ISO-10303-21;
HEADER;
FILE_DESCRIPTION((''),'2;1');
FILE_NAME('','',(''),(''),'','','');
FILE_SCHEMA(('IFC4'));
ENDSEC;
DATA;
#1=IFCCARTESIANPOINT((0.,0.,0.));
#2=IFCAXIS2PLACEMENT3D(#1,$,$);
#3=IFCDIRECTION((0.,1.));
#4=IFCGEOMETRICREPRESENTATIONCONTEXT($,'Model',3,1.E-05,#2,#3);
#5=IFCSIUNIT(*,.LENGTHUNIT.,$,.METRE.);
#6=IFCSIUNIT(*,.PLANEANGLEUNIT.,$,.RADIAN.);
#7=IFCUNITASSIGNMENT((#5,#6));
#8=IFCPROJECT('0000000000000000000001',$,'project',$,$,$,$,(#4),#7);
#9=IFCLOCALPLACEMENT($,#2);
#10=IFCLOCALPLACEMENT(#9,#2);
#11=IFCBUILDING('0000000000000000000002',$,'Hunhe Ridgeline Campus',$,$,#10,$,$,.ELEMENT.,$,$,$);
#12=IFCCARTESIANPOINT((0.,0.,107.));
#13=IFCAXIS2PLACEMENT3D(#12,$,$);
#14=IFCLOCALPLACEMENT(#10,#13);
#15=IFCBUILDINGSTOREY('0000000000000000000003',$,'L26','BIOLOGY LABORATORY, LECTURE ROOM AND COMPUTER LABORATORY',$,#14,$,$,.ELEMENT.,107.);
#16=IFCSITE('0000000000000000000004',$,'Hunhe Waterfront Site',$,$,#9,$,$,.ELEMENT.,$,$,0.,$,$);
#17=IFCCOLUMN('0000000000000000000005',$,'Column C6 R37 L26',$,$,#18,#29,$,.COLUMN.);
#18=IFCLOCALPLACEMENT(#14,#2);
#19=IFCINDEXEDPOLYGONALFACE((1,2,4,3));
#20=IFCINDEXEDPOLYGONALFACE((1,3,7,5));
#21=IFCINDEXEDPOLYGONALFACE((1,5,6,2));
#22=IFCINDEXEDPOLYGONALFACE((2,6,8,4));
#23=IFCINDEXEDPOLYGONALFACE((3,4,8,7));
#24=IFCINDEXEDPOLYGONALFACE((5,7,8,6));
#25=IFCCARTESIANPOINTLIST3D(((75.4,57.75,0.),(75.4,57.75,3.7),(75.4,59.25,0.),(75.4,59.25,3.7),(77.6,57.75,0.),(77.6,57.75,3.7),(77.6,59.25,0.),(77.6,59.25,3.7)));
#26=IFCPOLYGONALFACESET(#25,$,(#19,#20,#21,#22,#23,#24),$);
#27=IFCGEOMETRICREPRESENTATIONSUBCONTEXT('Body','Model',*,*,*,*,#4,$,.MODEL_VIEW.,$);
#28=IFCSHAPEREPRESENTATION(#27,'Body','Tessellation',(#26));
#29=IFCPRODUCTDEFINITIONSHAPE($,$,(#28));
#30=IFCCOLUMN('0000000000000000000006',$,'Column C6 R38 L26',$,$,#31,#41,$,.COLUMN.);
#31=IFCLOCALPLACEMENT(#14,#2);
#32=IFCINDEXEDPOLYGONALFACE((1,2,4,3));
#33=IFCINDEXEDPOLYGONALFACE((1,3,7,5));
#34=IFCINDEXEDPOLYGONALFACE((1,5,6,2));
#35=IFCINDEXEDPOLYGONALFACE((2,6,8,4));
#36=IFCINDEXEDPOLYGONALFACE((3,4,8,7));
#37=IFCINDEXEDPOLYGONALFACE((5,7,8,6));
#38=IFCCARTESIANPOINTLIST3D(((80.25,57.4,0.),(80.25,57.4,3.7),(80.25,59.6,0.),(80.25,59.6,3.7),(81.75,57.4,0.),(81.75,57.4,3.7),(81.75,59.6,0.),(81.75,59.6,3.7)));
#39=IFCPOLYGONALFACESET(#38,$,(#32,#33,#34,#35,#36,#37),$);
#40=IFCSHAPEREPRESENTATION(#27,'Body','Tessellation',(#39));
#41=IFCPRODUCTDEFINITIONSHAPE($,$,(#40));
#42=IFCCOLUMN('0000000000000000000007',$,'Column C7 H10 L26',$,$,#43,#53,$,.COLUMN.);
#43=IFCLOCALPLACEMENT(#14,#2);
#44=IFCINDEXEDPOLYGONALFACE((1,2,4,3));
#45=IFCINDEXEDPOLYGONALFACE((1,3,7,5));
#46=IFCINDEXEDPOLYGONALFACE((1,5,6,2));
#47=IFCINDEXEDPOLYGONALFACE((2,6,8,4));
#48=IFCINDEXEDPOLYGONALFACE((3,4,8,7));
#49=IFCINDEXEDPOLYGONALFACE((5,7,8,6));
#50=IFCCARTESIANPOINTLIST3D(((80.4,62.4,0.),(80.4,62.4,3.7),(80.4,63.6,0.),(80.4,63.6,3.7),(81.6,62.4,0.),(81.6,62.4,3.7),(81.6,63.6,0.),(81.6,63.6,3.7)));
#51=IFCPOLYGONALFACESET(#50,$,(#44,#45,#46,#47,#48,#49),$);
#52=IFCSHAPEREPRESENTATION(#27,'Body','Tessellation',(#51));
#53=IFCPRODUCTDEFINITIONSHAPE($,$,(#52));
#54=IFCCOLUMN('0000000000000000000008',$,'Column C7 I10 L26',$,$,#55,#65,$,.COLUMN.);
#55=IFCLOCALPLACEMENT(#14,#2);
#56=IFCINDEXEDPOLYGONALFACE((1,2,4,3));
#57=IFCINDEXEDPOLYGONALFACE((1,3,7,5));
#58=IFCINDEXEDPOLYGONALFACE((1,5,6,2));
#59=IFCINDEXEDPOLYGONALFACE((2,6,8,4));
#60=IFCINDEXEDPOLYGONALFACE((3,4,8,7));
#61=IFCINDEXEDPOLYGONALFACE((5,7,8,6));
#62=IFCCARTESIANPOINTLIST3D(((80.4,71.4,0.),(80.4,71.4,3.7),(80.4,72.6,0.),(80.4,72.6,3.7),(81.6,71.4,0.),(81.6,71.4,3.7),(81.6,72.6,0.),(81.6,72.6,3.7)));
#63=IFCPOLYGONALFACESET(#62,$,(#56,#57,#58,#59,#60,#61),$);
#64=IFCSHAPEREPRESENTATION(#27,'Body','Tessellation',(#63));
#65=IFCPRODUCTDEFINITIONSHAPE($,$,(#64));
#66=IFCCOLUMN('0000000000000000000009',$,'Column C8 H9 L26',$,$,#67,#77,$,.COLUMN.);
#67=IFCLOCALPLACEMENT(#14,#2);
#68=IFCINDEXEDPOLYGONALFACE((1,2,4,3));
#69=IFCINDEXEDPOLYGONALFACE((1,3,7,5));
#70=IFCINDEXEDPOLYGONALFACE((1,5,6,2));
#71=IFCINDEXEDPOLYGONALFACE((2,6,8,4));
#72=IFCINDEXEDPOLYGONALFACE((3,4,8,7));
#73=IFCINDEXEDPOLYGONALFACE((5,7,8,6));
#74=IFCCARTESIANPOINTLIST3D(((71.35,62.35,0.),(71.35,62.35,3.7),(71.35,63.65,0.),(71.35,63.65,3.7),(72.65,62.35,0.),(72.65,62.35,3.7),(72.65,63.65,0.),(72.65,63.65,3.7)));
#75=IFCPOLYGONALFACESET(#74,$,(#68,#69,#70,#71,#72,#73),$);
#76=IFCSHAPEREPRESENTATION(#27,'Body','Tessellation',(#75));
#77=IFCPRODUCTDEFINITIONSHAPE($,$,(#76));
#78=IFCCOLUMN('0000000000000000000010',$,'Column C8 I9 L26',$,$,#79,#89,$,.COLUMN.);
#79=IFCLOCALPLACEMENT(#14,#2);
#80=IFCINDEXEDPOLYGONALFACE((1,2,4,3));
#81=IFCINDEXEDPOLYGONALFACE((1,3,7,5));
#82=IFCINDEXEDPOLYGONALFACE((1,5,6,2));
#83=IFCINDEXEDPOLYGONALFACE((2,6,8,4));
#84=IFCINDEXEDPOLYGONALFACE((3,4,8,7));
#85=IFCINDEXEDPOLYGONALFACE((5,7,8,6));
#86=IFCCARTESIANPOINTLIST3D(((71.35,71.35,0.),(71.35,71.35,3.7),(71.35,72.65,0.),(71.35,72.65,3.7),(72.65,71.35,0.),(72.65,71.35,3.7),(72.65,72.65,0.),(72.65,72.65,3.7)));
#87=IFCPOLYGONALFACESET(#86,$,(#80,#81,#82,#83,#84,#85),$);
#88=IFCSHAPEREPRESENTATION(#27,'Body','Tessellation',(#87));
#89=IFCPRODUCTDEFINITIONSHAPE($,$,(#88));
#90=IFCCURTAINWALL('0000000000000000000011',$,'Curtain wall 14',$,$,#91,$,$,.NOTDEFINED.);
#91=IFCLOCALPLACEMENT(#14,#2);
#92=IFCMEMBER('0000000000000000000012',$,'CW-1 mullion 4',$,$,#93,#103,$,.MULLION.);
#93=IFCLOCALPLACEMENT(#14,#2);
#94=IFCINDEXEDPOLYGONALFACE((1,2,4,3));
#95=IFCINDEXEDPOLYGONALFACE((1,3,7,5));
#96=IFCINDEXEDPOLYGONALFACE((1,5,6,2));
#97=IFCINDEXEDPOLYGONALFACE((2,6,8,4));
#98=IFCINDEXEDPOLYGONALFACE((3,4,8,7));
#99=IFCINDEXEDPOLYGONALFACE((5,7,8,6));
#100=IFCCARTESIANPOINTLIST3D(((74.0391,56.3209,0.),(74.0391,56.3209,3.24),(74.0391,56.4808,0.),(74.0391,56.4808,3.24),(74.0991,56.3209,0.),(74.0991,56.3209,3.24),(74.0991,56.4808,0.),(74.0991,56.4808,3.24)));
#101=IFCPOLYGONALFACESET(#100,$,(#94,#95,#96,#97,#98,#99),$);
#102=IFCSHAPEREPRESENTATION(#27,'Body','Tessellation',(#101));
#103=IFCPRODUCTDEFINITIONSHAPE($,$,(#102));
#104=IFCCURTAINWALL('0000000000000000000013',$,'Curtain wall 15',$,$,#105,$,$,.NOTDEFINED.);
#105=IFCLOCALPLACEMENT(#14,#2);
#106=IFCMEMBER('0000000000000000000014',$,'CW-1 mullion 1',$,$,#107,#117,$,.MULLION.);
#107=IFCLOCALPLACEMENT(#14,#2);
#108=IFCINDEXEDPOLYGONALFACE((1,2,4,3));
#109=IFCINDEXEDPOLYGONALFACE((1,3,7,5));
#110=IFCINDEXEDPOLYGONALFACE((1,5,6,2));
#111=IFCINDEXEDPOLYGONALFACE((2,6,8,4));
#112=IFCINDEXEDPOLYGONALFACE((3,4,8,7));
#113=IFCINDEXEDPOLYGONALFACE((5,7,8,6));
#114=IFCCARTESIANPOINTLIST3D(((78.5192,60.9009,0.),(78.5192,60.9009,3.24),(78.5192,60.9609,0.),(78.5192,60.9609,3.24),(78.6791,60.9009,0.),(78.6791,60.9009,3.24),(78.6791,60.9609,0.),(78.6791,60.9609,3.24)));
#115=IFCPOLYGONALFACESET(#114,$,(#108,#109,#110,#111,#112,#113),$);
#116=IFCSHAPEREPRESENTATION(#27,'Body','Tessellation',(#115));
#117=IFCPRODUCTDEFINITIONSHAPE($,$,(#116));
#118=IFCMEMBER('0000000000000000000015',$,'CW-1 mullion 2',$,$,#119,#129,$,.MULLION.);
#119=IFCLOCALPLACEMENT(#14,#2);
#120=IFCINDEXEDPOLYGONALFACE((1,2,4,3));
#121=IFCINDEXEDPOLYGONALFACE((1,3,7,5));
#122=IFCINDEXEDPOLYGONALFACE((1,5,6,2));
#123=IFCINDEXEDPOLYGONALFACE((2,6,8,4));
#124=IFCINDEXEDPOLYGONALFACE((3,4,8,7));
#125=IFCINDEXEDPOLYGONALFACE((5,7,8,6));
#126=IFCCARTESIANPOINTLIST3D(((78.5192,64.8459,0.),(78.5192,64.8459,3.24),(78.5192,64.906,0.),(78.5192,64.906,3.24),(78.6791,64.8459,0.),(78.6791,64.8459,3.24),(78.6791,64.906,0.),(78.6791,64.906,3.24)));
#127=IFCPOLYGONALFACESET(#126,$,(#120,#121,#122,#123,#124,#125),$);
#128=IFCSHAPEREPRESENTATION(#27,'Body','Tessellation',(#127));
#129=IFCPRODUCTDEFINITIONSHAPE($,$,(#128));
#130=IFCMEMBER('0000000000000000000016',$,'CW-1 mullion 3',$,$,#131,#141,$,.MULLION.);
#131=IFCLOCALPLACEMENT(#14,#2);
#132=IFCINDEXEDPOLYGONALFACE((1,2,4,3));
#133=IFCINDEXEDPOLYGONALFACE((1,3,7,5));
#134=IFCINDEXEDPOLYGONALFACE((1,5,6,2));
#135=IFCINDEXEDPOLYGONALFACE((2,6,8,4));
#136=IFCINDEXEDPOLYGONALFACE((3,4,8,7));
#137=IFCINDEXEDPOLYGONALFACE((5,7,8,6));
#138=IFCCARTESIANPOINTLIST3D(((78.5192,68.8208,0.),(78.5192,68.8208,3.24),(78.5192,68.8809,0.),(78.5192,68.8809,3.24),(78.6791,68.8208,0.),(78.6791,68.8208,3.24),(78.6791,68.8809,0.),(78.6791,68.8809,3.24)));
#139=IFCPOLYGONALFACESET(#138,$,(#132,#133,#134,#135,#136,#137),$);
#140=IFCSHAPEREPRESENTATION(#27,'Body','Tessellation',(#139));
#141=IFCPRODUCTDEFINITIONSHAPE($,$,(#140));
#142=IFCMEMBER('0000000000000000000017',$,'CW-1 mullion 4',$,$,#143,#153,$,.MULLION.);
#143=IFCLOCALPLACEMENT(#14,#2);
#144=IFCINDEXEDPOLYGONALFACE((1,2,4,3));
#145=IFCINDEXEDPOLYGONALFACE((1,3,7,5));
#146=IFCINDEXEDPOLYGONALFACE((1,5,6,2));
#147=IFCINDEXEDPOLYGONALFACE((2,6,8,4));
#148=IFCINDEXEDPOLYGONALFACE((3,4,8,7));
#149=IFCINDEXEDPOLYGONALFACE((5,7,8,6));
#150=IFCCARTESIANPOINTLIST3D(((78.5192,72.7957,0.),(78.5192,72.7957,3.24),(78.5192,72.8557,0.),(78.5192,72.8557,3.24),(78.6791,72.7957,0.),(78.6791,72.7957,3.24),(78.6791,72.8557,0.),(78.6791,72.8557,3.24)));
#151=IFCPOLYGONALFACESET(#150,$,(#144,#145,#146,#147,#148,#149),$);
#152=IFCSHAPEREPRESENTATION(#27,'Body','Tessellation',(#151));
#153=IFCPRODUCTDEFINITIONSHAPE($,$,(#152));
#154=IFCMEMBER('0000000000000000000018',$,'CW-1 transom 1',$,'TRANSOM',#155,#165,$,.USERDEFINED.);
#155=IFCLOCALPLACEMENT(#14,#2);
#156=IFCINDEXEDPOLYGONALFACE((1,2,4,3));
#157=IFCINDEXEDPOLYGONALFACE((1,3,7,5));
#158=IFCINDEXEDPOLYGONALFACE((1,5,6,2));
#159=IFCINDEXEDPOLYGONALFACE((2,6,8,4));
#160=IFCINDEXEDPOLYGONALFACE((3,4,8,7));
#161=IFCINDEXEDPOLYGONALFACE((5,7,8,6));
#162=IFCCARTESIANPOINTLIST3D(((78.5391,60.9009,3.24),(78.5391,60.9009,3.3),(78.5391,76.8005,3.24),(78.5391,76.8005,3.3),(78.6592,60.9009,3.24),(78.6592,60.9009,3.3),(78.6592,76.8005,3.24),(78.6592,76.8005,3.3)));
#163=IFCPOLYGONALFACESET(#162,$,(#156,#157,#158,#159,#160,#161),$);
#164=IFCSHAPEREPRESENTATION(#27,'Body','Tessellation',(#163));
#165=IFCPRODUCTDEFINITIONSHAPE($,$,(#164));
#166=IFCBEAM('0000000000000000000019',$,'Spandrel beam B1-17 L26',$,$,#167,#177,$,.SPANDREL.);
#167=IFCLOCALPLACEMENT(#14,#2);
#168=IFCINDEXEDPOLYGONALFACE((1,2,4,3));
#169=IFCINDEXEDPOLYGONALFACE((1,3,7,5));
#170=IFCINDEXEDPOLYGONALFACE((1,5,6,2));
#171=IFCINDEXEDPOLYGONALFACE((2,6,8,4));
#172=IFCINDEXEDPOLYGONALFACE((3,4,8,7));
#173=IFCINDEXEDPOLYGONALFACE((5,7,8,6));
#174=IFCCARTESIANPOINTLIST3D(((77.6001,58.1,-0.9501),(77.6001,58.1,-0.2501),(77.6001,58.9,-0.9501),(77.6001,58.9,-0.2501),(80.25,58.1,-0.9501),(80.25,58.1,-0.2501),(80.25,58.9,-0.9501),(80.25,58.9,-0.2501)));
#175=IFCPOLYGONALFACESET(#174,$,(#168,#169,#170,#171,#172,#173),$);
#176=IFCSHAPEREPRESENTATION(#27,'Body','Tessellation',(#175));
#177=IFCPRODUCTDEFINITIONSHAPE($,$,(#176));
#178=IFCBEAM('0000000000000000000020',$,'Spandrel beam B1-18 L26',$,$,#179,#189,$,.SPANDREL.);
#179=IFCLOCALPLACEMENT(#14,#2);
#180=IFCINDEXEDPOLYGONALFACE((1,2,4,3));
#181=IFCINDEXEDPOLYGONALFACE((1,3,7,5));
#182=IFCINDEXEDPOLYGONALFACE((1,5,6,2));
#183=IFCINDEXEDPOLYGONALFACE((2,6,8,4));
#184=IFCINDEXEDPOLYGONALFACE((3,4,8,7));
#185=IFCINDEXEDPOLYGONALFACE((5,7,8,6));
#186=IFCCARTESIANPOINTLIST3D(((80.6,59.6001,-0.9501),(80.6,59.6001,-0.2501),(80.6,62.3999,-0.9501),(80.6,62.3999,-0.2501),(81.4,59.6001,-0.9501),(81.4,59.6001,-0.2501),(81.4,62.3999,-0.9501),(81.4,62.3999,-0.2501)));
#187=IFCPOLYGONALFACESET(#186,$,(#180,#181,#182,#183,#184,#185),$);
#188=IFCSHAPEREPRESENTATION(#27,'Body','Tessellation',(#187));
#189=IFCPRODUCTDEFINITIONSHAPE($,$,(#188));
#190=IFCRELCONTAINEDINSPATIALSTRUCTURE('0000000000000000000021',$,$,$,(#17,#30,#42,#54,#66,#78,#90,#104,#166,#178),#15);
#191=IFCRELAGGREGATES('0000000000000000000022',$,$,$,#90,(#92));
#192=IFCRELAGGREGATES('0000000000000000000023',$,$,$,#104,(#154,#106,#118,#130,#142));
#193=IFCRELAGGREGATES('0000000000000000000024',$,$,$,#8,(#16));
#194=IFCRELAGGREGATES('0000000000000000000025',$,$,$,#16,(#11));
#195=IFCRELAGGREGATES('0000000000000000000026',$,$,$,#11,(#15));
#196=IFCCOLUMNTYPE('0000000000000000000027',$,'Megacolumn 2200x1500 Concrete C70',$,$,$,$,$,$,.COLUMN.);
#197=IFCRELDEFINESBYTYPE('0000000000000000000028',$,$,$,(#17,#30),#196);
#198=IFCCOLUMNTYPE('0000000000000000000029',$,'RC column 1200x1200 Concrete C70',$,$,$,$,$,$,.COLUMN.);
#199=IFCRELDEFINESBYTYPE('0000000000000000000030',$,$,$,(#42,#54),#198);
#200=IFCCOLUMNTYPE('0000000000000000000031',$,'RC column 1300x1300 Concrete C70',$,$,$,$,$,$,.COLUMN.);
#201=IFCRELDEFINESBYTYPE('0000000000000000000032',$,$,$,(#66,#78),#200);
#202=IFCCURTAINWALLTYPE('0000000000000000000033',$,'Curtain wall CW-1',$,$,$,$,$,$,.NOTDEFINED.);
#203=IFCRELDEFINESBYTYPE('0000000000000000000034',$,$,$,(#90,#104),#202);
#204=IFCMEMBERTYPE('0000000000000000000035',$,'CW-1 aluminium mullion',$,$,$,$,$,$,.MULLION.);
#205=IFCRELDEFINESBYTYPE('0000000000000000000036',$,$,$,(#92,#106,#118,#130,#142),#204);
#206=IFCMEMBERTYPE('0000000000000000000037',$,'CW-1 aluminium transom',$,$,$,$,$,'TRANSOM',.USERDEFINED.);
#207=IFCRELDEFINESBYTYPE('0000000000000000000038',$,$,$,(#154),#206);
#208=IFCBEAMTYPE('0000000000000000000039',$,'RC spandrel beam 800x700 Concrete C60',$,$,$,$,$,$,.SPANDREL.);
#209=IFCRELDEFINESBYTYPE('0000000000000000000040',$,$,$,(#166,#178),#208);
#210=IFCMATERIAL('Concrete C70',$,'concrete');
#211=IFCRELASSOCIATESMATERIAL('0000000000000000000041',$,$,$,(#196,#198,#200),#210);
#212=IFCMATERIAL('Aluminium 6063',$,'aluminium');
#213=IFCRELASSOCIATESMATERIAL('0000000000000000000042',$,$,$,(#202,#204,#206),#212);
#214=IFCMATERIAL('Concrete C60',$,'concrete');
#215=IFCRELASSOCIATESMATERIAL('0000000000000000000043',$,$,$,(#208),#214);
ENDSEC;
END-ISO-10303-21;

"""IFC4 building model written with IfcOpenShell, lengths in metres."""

from ifc_helpers import new_model, si_unit, direction, frame, origin, origin_2d, place, context, subcontext, project, spatial, rectangle, extrude, material, material_profile, profile_set, type_object, element, aggregate, save


model = new_model("IFC4")

# Units and contexts
model_context = context("Model", 3, precision=1e-05, world=origin(), true_north=direction((0.0, 1.0)))
body_context = subcontext(model_context, "Body", "Model", "MODEL_VIEW")
ifc_project = project(units=[si_unit("LENGTHUNIT", "METRE"), si_unit("PLANEANGLEUNIT", "RADIAN")], contexts=[model_context])

# Site, building, storey
site_placement = place(None, origin())
site = spatial("IfcSite", under=ifc_project, at=site_placement, Name="Hunhe Waterfront Site", CompositionType="ELEMENT", RefElevation=0.0)
building_placement = place(site_placement, origin())
building = spatial("IfcBuilding", under=site, at=building_placement, Name="Hunhe Ridgeline Campus", CompositionType="ELEMENT")
storey_placement = place(building_placement, frame((0.0, 0.0, 107.0)))
storey = spatial("IfcBuildingStorey", under=building, at=storey_placement, Name="L26", Description="BIOLOGY LABORATORY, LECTURE ROOM AND COMPUTER LABORATORY", CompositionType="ELEMENT", Elevation=107.0)

# Columns
ifc_material_1 = material(Name="Concrete C70", Category="concrete")
ifc_material_profile_1 = material_profile(ifc_material_1, rectangle(XDim=2.2, YDim=1.5, at=origin_2d()))
ifc_profile_set_1 = profile_set([ifc_material_profile_1], Name="Concrete C70")
column_type_1 = type_object("IfcColumnType", Name="Megacolumn 2200x1500 Concrete C70", PredefinedType="COLUMN", material=ifc_profile_set_1)
for number, where, z_axis, x_axis, name in (
    (1, (76.5, 58.5, 0.0), (0.0, 0.0, 1.0), (1.0, 0.0, 0.0), "Column C6 R37 L26"),
    (2, (81.0, 58.5, 0.0), (0.0, 0.0, 1.0), (0.0, 1.0, 0.0), "Column C6 R38 L26"),
):
    element("IfcColumn", number, at=place(storey_placement, frame(where, z_axis=z_axis, x_axis=x_axis)), inside=storey, type_object=column_type_1, Name=name, PredefinedType="COLUMN", context=body_context, shape_type="SweptSolid", body=[
        extrude(rectangle(XDim=2.2, YDim=1.5, at=origin_2d()), origin(), (0.0, 0.0, 1.0), 3.7),
    ])
ifc_material_profile_2 = material_profile(ifc_material_1, rectangle(XDim=1.2, YDim=1.2, at=origin_2d()))
ifc_profile_set_2 = profile_set([ifc_material_profile_2], Name="Concrete C70")
column_type_2 = type_object("IfcColumnType", Name="RC column 1200x1200 Concrete C70", PredefinedType="COLUMN", material=ifc_profile_set_2)
for number, where, z_axis, x_axis, name in (
    (3, (81.0, 63.0, 0.0), (0.0, 0.0, 1.0), (1.0, 0.0, 0.0), "Column C7 H10 L26"),
    (4, (81.0, 72.0, 0.0), (0.0, 0.0, 1.0), (1.0, 0.0, 0.0), "Column C7 I10 L26"),
):
    element("IfcColumn", number, at=place(storey_placement, frame(where, z_axis=z_axis, x_axis=x_axis)), inside=storey, type_object=column_type_2, Name=name, PredefinedType="COLUMN", context=body_context, shape_type="SweptSolid", body=[
        extrude(rectangle(XDim=1.2, YDim=1.2, at=origin_2d()), origin(), (0.0, 0.0, 1.0), 3.7),
    ])
ifc_material_profile_3 = material_profile(ifc_material_1, rectangle(XDim=1.3, YDim=1.3, at=origin_2d()))
ifc_profile_set_3 = profile_set([ifc_material_profile_3], Name="Concrete C70")
column_type_3 = type_object("IfcColumnType", Name="RC column 1300x1300 Concrete C70", PredefinedType="COLUMN", material=ifc_profile_set_3)
for number, where, z_axis, x_axis, name in (
    (5, (72.0, 63.0, 0.0), (0.0, 0.0, 1.0), (1.0, 0.0, 0.0), "Column C8 H9 L26"),
    (6, (72.0, 72.0, 0.0), (0.0, 0.0, 1.0), (1.0, 0.0, 0.0), "Column C8 I9 L26"),
):
    element("IfcColumn", number, at=place(storey_placement, frame(where, z_axis=z_axis, x_axis=x_axis)), inside=storey, type_object=column_type_3, Name=name, PredefinedType="COLUMN", context=body_context, shape_type="SweptSolid", body=[
        extrude(rectangle(XDim=1.3, YDim=1.3, at=origin_2d()), origin(), (0.0, 0.0, 1.0), 3.7),
    ])

# Curtain wall, member
ifc_material_2 = material(Name="Aluminium 6063", Category="aluminium")
curtain_wall_type = type_object("IfcCurtainWallType", Name="Curtain wall CW-1", PredefinedType="NOTDEFINED", material=ifc_material_2)
curtain_wall_1_placement = place(storey_placement, origin())
curtain_wall_1 = element("IfcCurtainWall", 7, at=curtain_wall_1_placement, inside=storey, type_object=curtain_wall_type, Name="Curtain wall 14", PredefinedType="NOTDEFINED")
ifc_material_profile_4 = material_profile(ifc_material_2, rectangle(XDim=0.1599, YDim=0.0601, at=origin_2d()))
ifc_profile_set_4 = profile_set([ifc_material_profile_4], Name="Aluminium 6063")
member_type_1 = type_object("IfcMemberType", Name="CW-1 aluminium mullion", PredefinedType="MULLION", material=ifc_profile_set_4)
member_1_placement = place(storey_placement, frame((74.0691, 56.4009, 0.0), z_axis=(0.0, 0.0, 1.0), x_axis=(0.0, 1.0, 0.0)))
member_1 = element("IfcMember", 8, at=member_1_placement, type_object=member_type_1, Name="CW-1 mullion 4", PredefinedType="MULLION", context=body_context, shape_type="SweptSolid", body=[
    extrude(rectangle(XDim=0.1599, YDim=0.0601, at=origin_2d()), origin(), (0.0, 0.0, 1.0), 3.24),
])
aggregate(curtain_wall_1, [member_1])

# Curtain wall, members
curtain_wall_2_placement = place(storey_placement, origin())
curtain_wall_2 = element("IfcCurtainWall", 9, at=curtain_wall_2_placement, inside=storey, type_object=curtain_wall_type, Name="Curtain wall 15", PredefinedType="NOTDEFINED")
member_2_placement = place(storey_placement, frame((78.5991, 60.9309, 0.0), z_axis=(0.0, 0.0, 1.0), x_axis=(-1.0, 0.0, 0.0)))
member_2 = element("IfcMember", 10, at=member_2_placement, type_object=member_type_1, Name="CW-1 mullion 1", PredefinedType="MULLION", context=body_context, shape_type="SweptSolid", body=[
    extrude(rectangle(XDim=0.1599, YDim=0.0601, at=origin_2d()), origin(), (0.0, 0.0, 1.0), 3.24),
])
member_3_placement = place(storey_placement, frame((78.5991, 64.876, 0.0), z_axis=(0.0, 0.0, 1.0), x_axis=(-1.0, 0.0, 0.0)))
member_3 = element("IfcMember", 11, at=member_3_placement, type_object=member_type_1, Name="CW-1 mullion 2", PredefinedType="MULLION", context=body_context, shape_type="SweptSolid", body=[
    extrude(rectangle(XDim=0.1599, YDim=0.0601, at=origin_2d()), origin(), (0.0, 0.0, 1.0), 3.24),
])
member_4_placement = place(storey_placement, frame((78.5991, 68.8508, 0.0), z_axis=(0.0, 0.0, 1.0), x_axis=(-1.0, 0.0, 0.0)))
member_4 = element("IfcMember", 12, at=member_4_placement, type_object=member_type_1, Name="CW-1 mullion 3", PredefinedType="MULLION", context=body_context, shape_type="SweptSolid", body=[
    extrude(rectangle(XDim=0.1599, YDim=0.0601, at=origin_2d()), origin(), (0.0, 0.0, 1.0), 3.24),
])
member_5_placement = place(storey_placement, frame((78.5991, 72.8257, 0.0), z_axis=(0.0, 0.0, 1.0), x_axis=(-1.0, 0.0, 0.0)))
member_5 = element("IfcMember", 13, at=member_5_placement, type_object=member_type_1, Name="CW-1 mullion 4", PredefinedType="MULLION", context=body_context, shape_type="SweptSolid", body=[
    extrude(rectangle(XDim=0.1599, YDim=0.0601, at=origin_2d()), origin(), (0.0, 0.0, 1.0), 3.24),
])
ifc_material_profile_5 = material_profile(ifc_material_2, rectangle(XDim=0.1201, YDim=0.0601, at=origin_2d()))
ifc_profile_set_5 = profile_set([ifc_material_profile_5], Name="Aluminium 6063")
member_type_2 = type_object("IfcMemberType", Name="CW-1 aluminium transom", ElementType="TRANSOM", PredefinedType="USERDEFINED", material=ifc_profile_set_5)
member_6_placement = place(storey_placement, frame((78.5991, 60.9009, 3.27), z_axis=(0.0, 1.0, 0.0), x_axis=(-1.0, 0.0, 0.0)))
member_6 = element("IfcMember", 14, at=member_6_placement, type_object=member_type_2, Name="CW-1 transom 1", ObjectType="TRANSOM", PredefinedType="USERDEFINED", context=body_context, shape_type="SweptSolid", body=[
    extrude(rectangle(XDim=0.1201, YDim=0.0601, at=origin_2d()), origin(), (0.0, 0.0, 1.0), 15.8997),
])

# Beams
ifc_material_3 = material(Name="Concrete C60", Category="concrete")
ifc_material_profile_6 = material_profile(ifc_material_3, rectangle(XDim=0.8, YDim=0.7, at=origin_2d()))
ifc_profile_set_6 = profile_set([ifc_material_profile_6], Name="Concrete C60")
beam_type = type_object("IfcBeamType", Name="RC spandrel beam 800x700 Concrete C60", PredefinedType="SPANDREL", material=ifc_profile_set_6)
beam_1_placement = place(storey_placement, frame((77.6001, 58.5, -0.6001), z_axis=(1.0, 0.0, 0.0), x_axis=(0.0, 1.0, 0.0)))
element("IfcBeam", 15, at=beam_1_placement, inside=storey, type_object=beam_type, Name="Spandrel beam B1-17 L26", PredefinedType="SPANDREL", context=body_context, shape_type="SweptSolid", body=[
    extrude(rectangle(XDim=0.8, YDim=0.7, at=origin_2d()), origin(), (0.0, 0.0, 1.0), 2.6499),
])
beam_2_placement = place(storey_placement, frame((81.0, 59.6001, -0.6001), z_axis=(0.0, 1.0, 0.0), x_axis=(-1.0, 0.0, 0.0)))
element("IfcBeam", 16, at=beam_2_placement, inside=storey, type_object=beam_type, Name="Spandrel beam B1-18 L26", PredefinedType="SPANDREL", context=body_context, shape_type="SweptSolid", body=[
    extrude(rectangle(XDim=0.8, YDim=0.7, at=origin_2d()), origin(), (0.0, 0.0, 1.0), 2.7998),
])

aggregate(curtain_wall_2, [member_6, member_2, member_3, member_4, member_5])

save(model, "model.ifc")
